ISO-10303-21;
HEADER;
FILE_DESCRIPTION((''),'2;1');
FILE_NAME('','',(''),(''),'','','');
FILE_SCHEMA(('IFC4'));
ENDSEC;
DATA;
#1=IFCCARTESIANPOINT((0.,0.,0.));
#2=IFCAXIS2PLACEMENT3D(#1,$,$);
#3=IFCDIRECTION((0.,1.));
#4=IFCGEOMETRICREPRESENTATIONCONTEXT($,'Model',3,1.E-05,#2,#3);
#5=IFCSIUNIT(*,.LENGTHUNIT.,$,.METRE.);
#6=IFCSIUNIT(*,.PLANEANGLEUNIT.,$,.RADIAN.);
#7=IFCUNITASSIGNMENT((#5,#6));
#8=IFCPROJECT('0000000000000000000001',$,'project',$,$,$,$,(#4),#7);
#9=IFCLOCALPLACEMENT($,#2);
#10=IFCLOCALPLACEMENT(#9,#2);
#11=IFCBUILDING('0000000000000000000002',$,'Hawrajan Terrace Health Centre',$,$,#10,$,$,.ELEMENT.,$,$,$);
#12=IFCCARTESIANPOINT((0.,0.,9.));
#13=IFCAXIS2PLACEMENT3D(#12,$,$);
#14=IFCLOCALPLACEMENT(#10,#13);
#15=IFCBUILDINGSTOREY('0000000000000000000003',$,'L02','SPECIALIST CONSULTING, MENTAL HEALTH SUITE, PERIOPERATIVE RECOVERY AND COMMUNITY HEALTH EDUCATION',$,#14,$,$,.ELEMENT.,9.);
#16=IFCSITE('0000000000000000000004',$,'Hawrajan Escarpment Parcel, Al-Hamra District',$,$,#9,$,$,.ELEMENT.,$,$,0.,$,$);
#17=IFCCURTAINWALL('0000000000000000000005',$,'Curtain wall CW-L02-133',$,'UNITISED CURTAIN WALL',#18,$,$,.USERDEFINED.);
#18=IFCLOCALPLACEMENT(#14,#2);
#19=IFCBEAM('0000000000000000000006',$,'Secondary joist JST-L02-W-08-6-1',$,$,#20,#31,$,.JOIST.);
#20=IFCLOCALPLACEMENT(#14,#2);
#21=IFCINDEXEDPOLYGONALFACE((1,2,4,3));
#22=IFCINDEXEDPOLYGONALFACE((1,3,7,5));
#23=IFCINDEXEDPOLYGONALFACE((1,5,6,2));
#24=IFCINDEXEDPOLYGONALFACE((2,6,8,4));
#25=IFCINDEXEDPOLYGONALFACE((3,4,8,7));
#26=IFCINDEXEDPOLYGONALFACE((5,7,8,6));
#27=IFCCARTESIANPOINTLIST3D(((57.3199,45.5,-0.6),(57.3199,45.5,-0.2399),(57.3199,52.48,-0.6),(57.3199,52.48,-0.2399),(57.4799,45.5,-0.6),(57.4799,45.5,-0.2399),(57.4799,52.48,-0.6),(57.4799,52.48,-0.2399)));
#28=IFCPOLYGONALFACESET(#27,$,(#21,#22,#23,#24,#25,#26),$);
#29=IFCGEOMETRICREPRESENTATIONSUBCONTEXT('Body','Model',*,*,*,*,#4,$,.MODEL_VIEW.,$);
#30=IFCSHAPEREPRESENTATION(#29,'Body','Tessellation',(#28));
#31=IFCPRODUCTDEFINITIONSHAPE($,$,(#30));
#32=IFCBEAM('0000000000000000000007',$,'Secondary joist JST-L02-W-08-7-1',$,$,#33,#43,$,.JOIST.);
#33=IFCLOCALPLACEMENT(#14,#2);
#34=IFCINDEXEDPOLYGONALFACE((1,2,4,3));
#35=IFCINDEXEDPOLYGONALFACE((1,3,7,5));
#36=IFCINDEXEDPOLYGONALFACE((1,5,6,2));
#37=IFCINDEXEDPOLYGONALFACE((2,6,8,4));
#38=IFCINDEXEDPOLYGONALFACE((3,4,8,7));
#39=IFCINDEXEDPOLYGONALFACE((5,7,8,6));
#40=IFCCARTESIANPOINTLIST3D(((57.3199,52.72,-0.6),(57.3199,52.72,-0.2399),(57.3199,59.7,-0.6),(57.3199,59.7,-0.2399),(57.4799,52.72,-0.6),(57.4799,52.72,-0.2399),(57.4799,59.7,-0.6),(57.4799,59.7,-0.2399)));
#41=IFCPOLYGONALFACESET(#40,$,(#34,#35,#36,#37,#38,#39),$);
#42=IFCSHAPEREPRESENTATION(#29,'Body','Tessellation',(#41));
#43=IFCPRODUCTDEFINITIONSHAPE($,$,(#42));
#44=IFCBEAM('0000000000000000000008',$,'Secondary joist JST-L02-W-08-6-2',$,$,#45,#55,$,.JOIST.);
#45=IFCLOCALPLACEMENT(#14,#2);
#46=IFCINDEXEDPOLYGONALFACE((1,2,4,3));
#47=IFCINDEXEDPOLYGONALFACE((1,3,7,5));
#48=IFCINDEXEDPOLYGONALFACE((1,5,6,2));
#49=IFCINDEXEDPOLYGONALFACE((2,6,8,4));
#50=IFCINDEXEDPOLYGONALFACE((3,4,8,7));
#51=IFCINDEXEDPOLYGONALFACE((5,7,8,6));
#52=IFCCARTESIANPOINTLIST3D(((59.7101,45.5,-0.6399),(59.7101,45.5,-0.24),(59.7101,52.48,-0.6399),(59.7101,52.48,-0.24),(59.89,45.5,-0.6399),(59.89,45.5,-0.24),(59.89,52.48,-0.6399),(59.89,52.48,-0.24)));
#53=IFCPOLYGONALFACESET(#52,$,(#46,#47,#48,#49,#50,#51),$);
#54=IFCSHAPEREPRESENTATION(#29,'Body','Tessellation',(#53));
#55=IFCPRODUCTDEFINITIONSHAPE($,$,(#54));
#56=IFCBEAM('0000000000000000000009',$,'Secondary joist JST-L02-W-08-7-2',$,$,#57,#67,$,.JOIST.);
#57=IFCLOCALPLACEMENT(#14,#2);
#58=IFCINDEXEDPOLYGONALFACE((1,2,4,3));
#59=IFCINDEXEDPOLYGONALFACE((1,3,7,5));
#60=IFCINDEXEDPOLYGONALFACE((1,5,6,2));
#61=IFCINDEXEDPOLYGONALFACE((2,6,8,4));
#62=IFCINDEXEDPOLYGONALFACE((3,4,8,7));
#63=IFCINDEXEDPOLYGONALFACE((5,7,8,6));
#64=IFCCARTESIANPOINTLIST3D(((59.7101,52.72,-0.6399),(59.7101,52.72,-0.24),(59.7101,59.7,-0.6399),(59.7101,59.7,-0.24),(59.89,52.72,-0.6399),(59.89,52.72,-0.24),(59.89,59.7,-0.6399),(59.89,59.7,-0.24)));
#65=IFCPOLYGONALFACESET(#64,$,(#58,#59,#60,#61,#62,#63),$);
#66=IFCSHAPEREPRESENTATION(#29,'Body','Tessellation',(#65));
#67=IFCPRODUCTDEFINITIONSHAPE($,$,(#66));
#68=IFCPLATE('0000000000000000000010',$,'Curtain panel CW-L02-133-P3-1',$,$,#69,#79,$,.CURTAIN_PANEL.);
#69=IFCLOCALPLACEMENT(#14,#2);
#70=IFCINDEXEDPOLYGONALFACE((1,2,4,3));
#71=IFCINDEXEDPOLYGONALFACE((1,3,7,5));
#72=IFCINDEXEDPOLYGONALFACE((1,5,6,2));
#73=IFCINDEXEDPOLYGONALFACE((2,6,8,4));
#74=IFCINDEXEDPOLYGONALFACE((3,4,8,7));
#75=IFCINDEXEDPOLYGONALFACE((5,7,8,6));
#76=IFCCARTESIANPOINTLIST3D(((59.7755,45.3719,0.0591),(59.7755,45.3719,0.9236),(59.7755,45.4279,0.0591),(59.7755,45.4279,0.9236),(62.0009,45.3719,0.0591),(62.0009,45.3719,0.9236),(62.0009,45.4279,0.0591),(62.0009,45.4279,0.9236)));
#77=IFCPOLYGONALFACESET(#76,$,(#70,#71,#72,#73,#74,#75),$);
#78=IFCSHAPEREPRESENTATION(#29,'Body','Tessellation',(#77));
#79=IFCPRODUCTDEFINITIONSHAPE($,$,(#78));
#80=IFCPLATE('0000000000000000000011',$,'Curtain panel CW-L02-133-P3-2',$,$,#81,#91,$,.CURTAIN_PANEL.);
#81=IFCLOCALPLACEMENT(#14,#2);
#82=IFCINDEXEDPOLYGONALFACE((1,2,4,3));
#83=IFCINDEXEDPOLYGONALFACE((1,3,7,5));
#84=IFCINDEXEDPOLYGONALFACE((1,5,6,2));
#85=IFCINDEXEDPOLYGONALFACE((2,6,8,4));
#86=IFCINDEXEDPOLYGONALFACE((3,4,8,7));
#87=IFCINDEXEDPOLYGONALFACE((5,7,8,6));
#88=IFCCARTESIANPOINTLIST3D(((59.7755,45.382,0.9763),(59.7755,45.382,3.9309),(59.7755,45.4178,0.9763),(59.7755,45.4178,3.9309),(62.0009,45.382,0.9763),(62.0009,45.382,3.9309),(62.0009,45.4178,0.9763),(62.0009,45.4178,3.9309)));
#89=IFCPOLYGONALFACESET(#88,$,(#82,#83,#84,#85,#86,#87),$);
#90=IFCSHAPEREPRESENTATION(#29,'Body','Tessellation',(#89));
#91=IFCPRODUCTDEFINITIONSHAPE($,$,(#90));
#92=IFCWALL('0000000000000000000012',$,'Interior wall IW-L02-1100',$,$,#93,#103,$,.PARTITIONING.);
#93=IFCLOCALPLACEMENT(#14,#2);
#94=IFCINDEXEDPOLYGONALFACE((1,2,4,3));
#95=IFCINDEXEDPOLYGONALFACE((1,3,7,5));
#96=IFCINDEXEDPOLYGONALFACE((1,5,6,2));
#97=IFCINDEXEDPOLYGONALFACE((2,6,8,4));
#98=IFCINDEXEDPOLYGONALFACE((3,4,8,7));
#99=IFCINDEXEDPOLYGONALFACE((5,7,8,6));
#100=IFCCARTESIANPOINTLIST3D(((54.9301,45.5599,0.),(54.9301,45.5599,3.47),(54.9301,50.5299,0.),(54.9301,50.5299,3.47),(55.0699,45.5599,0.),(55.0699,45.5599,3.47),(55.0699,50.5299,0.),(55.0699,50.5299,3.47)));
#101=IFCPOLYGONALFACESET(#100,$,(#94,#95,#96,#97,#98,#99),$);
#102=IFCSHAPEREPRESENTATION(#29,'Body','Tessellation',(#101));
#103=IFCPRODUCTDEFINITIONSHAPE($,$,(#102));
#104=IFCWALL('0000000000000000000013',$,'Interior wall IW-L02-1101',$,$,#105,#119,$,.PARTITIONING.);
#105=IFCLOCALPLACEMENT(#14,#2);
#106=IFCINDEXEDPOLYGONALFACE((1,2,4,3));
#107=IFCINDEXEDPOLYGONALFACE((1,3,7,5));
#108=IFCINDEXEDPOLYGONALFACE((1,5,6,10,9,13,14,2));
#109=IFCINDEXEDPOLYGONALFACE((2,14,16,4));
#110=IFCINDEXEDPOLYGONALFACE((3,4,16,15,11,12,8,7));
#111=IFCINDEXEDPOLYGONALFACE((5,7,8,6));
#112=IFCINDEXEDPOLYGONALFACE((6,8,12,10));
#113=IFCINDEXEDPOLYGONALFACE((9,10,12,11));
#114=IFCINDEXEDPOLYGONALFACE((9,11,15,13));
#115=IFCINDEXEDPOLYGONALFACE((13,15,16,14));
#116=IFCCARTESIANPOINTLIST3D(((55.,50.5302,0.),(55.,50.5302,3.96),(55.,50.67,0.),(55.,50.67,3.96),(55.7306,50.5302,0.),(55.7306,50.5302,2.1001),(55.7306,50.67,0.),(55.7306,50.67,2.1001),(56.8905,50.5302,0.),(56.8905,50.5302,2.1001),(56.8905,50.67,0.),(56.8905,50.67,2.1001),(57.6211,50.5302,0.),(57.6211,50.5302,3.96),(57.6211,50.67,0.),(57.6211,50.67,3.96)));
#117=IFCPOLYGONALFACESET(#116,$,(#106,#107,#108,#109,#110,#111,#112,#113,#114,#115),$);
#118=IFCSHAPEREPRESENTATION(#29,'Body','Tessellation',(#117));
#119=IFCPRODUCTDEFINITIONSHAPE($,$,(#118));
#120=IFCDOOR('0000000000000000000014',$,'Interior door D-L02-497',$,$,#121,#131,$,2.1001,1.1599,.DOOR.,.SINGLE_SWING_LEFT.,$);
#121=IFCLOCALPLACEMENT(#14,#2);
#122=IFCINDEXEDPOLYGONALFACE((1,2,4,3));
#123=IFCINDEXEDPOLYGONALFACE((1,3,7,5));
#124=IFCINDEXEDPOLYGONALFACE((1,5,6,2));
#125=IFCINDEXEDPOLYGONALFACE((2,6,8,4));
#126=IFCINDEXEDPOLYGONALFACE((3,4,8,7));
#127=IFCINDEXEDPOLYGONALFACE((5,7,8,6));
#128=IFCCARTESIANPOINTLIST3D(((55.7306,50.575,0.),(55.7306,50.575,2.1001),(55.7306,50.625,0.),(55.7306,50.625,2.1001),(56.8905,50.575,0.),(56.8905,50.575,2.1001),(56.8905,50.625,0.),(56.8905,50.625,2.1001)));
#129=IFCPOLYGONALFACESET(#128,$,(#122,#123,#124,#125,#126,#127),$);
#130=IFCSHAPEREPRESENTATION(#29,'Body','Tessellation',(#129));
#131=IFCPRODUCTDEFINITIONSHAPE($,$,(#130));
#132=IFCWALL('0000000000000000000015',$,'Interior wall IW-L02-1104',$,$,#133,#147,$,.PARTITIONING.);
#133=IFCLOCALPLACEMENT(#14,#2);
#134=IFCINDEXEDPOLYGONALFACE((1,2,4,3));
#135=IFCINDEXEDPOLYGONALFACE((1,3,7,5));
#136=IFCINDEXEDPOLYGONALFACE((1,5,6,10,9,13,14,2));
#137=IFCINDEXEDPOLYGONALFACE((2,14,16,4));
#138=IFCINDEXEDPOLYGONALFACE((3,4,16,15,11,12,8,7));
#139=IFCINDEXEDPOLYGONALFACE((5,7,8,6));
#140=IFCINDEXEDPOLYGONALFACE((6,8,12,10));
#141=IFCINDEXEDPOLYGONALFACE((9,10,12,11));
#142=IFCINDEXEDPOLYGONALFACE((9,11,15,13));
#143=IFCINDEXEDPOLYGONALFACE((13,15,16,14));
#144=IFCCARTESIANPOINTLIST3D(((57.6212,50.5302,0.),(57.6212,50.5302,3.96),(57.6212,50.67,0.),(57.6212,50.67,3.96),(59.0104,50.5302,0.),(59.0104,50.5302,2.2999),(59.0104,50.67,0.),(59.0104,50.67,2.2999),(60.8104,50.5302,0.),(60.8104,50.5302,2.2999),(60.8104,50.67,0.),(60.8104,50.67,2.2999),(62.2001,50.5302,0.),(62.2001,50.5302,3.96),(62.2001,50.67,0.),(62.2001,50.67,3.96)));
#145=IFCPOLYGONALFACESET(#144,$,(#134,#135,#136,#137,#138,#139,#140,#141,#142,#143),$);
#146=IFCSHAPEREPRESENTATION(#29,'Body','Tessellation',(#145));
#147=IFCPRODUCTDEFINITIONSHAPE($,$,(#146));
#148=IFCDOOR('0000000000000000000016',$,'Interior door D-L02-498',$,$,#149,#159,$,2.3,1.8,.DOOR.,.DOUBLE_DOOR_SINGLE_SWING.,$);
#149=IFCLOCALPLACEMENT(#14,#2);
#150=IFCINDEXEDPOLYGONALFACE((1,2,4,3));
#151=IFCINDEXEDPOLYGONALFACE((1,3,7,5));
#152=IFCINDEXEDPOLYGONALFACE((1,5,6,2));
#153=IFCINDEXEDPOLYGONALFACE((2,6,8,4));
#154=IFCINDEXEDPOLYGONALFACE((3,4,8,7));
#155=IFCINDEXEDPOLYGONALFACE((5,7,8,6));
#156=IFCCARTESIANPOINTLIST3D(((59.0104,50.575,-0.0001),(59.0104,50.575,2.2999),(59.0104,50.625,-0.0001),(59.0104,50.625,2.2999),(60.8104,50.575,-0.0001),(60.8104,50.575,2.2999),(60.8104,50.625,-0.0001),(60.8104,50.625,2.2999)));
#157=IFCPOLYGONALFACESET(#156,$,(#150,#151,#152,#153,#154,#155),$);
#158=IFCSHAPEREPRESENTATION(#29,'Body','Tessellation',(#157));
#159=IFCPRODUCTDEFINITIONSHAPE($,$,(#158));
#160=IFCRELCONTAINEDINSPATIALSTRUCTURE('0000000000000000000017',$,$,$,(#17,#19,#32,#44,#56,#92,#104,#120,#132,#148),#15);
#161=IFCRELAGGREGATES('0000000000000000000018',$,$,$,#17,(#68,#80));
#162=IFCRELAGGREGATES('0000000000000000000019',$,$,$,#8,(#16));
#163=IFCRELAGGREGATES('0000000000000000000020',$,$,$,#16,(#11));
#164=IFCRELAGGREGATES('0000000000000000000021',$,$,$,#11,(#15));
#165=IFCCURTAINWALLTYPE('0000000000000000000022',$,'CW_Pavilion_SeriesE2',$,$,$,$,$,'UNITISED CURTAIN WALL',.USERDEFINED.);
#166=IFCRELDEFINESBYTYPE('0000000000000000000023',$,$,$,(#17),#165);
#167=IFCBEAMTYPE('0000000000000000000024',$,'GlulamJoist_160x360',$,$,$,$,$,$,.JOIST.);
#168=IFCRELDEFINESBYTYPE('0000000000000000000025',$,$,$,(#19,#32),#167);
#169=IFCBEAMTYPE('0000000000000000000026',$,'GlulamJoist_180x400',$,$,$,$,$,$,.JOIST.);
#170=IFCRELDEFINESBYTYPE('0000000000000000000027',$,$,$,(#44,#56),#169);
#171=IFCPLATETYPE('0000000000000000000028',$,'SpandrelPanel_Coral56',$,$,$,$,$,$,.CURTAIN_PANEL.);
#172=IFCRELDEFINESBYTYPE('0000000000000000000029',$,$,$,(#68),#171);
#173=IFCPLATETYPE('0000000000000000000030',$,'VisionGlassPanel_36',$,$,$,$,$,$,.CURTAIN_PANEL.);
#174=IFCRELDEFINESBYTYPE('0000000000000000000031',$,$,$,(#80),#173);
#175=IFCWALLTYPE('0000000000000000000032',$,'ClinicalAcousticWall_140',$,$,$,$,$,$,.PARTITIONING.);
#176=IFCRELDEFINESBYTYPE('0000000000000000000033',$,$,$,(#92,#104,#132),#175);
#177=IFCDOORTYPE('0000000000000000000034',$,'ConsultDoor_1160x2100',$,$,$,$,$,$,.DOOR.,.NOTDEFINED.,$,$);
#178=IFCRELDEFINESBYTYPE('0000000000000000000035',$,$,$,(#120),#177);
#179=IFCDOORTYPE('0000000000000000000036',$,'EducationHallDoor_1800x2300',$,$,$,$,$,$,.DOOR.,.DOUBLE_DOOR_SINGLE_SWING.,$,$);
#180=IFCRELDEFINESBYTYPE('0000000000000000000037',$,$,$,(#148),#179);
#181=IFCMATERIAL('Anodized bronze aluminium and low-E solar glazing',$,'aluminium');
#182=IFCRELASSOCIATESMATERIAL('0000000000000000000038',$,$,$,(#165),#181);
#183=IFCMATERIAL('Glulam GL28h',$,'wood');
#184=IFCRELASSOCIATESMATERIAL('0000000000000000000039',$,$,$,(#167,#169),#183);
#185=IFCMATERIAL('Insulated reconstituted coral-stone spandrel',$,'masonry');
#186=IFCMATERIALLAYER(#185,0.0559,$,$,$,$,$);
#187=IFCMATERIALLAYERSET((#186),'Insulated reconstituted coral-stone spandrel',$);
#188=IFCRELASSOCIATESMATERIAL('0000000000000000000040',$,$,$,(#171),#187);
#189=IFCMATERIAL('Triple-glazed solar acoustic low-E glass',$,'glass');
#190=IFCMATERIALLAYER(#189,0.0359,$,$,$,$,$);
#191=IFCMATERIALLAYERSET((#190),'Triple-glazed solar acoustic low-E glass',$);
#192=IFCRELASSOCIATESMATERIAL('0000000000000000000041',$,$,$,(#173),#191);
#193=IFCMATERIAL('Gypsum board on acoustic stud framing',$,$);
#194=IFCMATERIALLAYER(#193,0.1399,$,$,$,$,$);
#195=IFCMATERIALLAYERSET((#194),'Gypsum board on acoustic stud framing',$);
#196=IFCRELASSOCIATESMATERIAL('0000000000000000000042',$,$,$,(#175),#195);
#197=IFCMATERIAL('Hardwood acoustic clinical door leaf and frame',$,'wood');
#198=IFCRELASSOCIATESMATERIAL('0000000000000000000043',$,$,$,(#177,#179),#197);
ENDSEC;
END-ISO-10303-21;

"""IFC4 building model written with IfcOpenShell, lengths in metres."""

from ifc_helpers import new_model, si_unit, direction, frame, frame_2d, origin, origin_2d, place, context, subcontext, project, spatial, rectangle, extrude, material, layer, layer_set, material_profile, profile_set, type_object, element, fill, aggregate, save


model = new_model("IFC4")

# Units and contexts
model_context = context("Model", 3, precision=1e-05, world=origin(), true_north=direction((0.0, 1.0)))
body_context = subcontext(model_context, "Body", "Model", "MODEL_VIEW")
ifc_project = project(units=[si_unit("LENGTHUNIT", "METRE"), si_unit("PLANEANGLEUNIT", "RADIAN")], contexts=[model_context])

# Site, building, storey
site_placement = place(None, origin())
site = spatial("IfcSite", under=ifc_project, at=site_placement, Name="Hawrajan Escarpment Parcel, Al-Hamra District", CompositionType="ELEMENT", RefElevation=0.0)
building_placement = place(site_placement, origin())
building = spatial("IfcBuilding", under=site, at=building_placement, Name="Hawrajan Terrace Health Centre", CompositionType="ELEMENT")
storey_placement = place(building_placement, frame((0.0, 0.0, 9.0)))
storey = spatial("IfcBuildingStorey", under=building, at=storey_placement, Name="L02", Description="SPECIALIST CONSULTING, MENTAL HEALTH SUITE, PERIOPERATIVE RECOVERY AND COMMUNITY HEALTH EDUCATION", CompositionType="ELEMENT", Elevation=9.0)

# Curtain wall
ifc_material_1 = material(Name="Anodized bronze aluminium and low-E solar glazing", Category="aluminium")
curtain_wall_type = type_object("IfcCurtainWallType", Name="CW_Pavilion_SeriesE2", ElementType="UNITISED CURTAIN WALL", PredefinedType="USERDEFINED", material=ifc_material_1)
curtain_wall_placement = place(storey_placement, origin())
curtain_wall = element("IfcCurtainWall", 1, at=curtain_wall_placement, inside=storey, type_object=curtain_wall_type, Name="Curtain wall CW-L02-133", ObjectType="UNITISED CURTAIN WALL", PredefinedType="USERDEFINED")

# Beams
ifc_material_2 = material(Name="Glulam GL28h", Category="wood")
ifc_material_profile_1 = material_profile(ifc_material_2, rectangle(XDim=0.1599, YDim=0.3601, at=origin_2d()), Name="GL JST 160x360")
ifc_profile_set_1 = profile_set([ifc_material_profile_1], Name="Glulam GL28h")
beam_type_1 = type_object("IfcBeamType", Name="GlulamJoist_160x360", PredefinedType="JOIST", material=ifc_profile_set_1)
for number, where, z_axis, x_axis, name in (
    (2, (57.3999, 45.5, -0.4199), (0.0, 1.0, 0.0), (-1.0, 0.0, 0.0), "Secondary joist JST-L02-W-08-6-1"),
    (3, (57.3999, 52.72, -0.4199), (0.0, 1.0, 0.0), (-1.0, 0.0, 0.0), "Secondary joist JST-L02-W-08-7-1"),
):
    element("IfcBeam", number, at=place(storey_placement, frame(where, z_axis=z_axis, x_axis=x_axis)), inside=storey, type_object=beam_type_1, Name=name, PredefinedType="JOIST", context=body_context, shape_type="SweptSolid", body=[
        extrude(rectangle(XDim=0.1599, YDim=0.3601, at=origin_2d()), origin(), (0.0, 0.0, 1.0), 6.98),
    ])
ifc_material_profile_2 = material_profile(ifc_material_2, rectangle(XDim=0.1799, YDim=0.3999, at=origin_2d()), Name="GL JST 180x400")
ifc_profile_set_2 = profile_set([ifc_material_profile_2], Name="Glulam GL28h")
beam_type_2 = type_object("IfcBeamType", Name="GlulamJoist_180x400", PredefinedType="JOIST", material=ifc_profile_set_2)
for number, where, z_axis, x_axis, name in (
    (4, (59.8, 45.5, -0.4399), (0.0, 1.0, 0.0), (-1.0, 0.0, 0.0), "Secondary joist JST-L02-W-08-6-2"),
    (5, (59.8, 52.72, -0.4399), (0.0, 1.0, 0.0), (-1.0, 0.0, 0.0), "Secondary joist JST-L02-W-08-7-2"),
):
    element("IfcBeam", number, at=place(storey_placement, frame(where, z_axis=z_axis, x_axis=x_axis)), inside=storey, type_object=beam_type_2, Name=name, PredefinedType="JOIST", context=body_context, shape_type="SweptSolid", body=[
        extrude(rectangle(XDim=0.1799, YDim=0.3999, at=origin_2d()), origin(), (0.0, 0.0, 1.0), 6.98),
    ])

# Plates
ifc_material_3 = material(Name="Insulated reconstituted coral-stone spandrel", Category="masonry")
ifc_layer_1 = layer(ifc_material_3, 0.0559)
ifc_layer_set_1 = layer_set([ifc_layer_1], Name="Insulated reconstituted coral-stone spandrel")
plate_type_1 = type_object("IfcPlateType", Name="SpandrelPanel_Coral56", PredefinedType="CURTAIN_PANEL", material=ifc_layer_set_1)
plate_1_placement = place(storey_placement, frame((60.8882, 45.3999, 0.0591), z_axis=(0.0, 0.0, 1.0), x_axis=(1.0, 0.0, 0.0)))
plate_1 = element("IfcPlate", 6, at=plate_1_placement, type_object=plate_type_1, Name="Curtain panel CW-L02-133-P3-1", PredefinedType="CURTAIN_PANEL", context=body_context, shape_type="SweptSolid", body=[
    extrude(rectangle(XDim=2.2253, YDim=0.0559, at=origin_2d()), origin(), (0.0, 0.0, 1.0), 0.8645),
])
ifc_material_4 = material(Name="Triple-glazed solar acoustic low-E glass", Category="glass")
ifc_layer_2 = layer(ifc_material_4, 0.0359)
ifc_layer_set_2 = layer_set([ifc_layer_2], Name="Triple-glazed solar acoustic low-E glass")
plate_type_2 = type_object("IfcPlateType", Name="VisionGlassPanel_36", PredefinedType="CURTAIN_PANEL", material=ifc_layer_set_2)
plate_2_placement = place(storey_placement, frame((60.8882, 45.3999, 0.9763), z_axis=(0.0, 0.0, 1.0), x_axis=(1.0, 0.0, 0.0)))
plate_2 = element("IfcPlate", 7, at=plate_2_placement, type_object=plate_type_2, Name="Curtain panel CW-L02-133-P3-2", PredefinedType="CURTAIN_PANEL", context=body_context, shape_type="SweptSolid", body=[
    extrude(rectangle(XDim=2.2253, YDim=0.0359, at=origin_2d()), origin(), (0.0, 0.0, 1.0), 2.9546),
])
aggregate(curtain_wall, [plate_1, plate_2])

# Wall
ifc_material_5 = material(Name="Gypsum board on acoustic stud framing")
ifc_layer_3 = layer(ifc_material_5, 0.1399)
ifc_layer_set_3 = layer_set([ifc_layer_3], Name="Gypsum board on acoustic stud framing")
wall_type = type_object("IfcWallType", Name="ClinicalAcousticWall_140", PredefinedType="PARTITIONING", material=ifc_layer_set_3)
wall_1_placement = place(storey_placement, frame((55.0, 45.5601, 0.0), z_axis=(0.0, 0.0, 1.0), x_axis=(0.0, 1.0, 0.0)))
element("IfcWall", 8, at=wall_1_placement, inside=storey, type_object=wall_type, Name="Interior wall IW-L02-1100", PredefinedType="PARTITIONING", context=body_context, shape_type="SweptSolid", body=[
    extrude(rectangle(XDim=4.97, YDim=0.1399, at=frame_2d((2.4849, 0.0))), origin(), (0.0, 0.0, 1.0), 3.47),
])

# Walls, openings, doors
wall_2_placement = place(storey_placement, frame((55.0, 50.6001, 0.0), z_axis=(0.0, 0.0, 1.0), x_axis=(1.0, 0.0, 0.0)))
wall_2 = element("IfcWall", 9, at=wall_2_placement, inside=storey, type_object=wall_type, Name="Interior wall IW-L02-1101", PredefinedType="PARTITIONING", context=body_context, shape_type="SweptSolid", body=[
    extrude(rectangle(XDim=2.6211, YDim=0.1399, at=frame_2d((1.3105, 0.0))), origin(), (0.0, 0.0, 1.0), 3.96),
])
opening_1_placement = place(wall_2_placement, frame((0.7305, 0.0, 0.0)))
opening_1 = element("IfcOpeningElement", 10, at=opening_1_placement, cuts=wall_2, PredefinedType="OPENING", context=body_context, shape_type="SweptSolid", body=[
    extrude(rectangle(XDim=1.1599, YDim=2.1001, at=frame_2d((0.5801, 1.05))), frame((0.0, 0.0798, 0.0), z_axis=(0.0, -1.0, 0.0), x_axis=(1.0, 0.0, 0.0)), (0.0, 0.0, 1.0), 0.1599),
])
ifc_material_6 = material(Name="Hardwood acoustic clinical door leaf and frame", Category="wood")
door_type_1 = type_object("IfcDoorType", Name="ConsultDoor_1160x2100", OperationType="NOTDEFINED", PredefinedType="DOOR", material=ifc_material_6)
door_1_placement = place(opening_1_placement, origin())
door_1 = element("IfcDoor", 11, at=door_1_placement, inside=storey, type_object=door_type_1, Name="Interior door D-L02-497", OperationType="SINGLE_SWING_LEFT", OverallHeight=2.1001, OverallWidth=1.1599, PredefinedType="DOOR", context=body_context, shape_type="SweptSolid", body=[
    extrude(rectangle(XDim=1.1599, YDim=2.1001, at=frame_2d((0.5801, 1.05))), frame((0.0, 0.0249, 0.0), z_axis=(0.0, -1.0, 0.0), x_axis=(1.0, 0.0, 0.0)), (0.0, 0.0, 1.0), 0.05),
])
fill(opening_1, door_1)
wall_3_placement = place(storey_placement, frame((57.6211, 50.6001, 0.0), z_axis=(0.0, 0.0, 1.0), x_axis=(1.0, 0.0, 0.0)))
wall_3 = element("IfcWall", 12, at=wall_3_placement, inside=storey, type_object=wall_type, Name="Interior wall IW-L02-1104", PredefinedType="PARTITIONING", context=body_context, shape_type="SweptSolid", body=[
    extrude(rectangle(XDim=4.5789, YDim=0.1399, at=frame_2d((2.2896, 0.0))), origin(), (0.0, 0.0, 1.0), 3.96),
])
opening_2_placement = place(wall_3_placement, frame((1.3894, 0.0, 0.0)))
opening_2 = element("IfcOpeningElement", 13, at=opening_2_placement, cuts=wall_3, PredefinedType="OPENING", context=body_context, shape_type="SweptSolid", body=[
    extrude(rectangle(XDim=1.8, YDim=2.3, at=frame_2d((0.8999, 1.1499))), frame((0.0, 0.0798, 0.0), z_axis=(0.0, -1.0, 0.0), x_axis=(1.0, 0.0, 0.0)), (0.0, 0.0, 1.0), 0.1599),
])
door_type_2 = type_object("IfcDoorType", Name="EducationHallDoor_1800x2300", OperationType="DOUBLE_DOOR_SINGLE_SWING", PredefinedType="DOOR", material=ifc_material_6)
door_2_placement = place(opening_2_placement, origin())
door_2 = element("IfcDoor", 14, at=door_2_placement, inside=storey, type_object=door_type_2, Name="Interior door D-L02-498", OperationType="DOUBLE_DOOR_SINGLE_SWING", OverallHeight=2.3, OverallWidth=1.8, PredefinedType="DOOR", context=body_context, shape_type="SweptSolid", body=[
    extrude(rectangle(XDim=1.8, YDim=2.3, at=frame_2d((0.8999, 1.1499))), frame((0.0, 0.0249, 0.0), z_axis=(0.0, -1.0, 0.0), x_axis=(1.0, 0.0, 0.0)), (0.0, 0.0, 1.0), 0.05),
])
fill(opening_2, door_2)

save(model, "model.ifc")
